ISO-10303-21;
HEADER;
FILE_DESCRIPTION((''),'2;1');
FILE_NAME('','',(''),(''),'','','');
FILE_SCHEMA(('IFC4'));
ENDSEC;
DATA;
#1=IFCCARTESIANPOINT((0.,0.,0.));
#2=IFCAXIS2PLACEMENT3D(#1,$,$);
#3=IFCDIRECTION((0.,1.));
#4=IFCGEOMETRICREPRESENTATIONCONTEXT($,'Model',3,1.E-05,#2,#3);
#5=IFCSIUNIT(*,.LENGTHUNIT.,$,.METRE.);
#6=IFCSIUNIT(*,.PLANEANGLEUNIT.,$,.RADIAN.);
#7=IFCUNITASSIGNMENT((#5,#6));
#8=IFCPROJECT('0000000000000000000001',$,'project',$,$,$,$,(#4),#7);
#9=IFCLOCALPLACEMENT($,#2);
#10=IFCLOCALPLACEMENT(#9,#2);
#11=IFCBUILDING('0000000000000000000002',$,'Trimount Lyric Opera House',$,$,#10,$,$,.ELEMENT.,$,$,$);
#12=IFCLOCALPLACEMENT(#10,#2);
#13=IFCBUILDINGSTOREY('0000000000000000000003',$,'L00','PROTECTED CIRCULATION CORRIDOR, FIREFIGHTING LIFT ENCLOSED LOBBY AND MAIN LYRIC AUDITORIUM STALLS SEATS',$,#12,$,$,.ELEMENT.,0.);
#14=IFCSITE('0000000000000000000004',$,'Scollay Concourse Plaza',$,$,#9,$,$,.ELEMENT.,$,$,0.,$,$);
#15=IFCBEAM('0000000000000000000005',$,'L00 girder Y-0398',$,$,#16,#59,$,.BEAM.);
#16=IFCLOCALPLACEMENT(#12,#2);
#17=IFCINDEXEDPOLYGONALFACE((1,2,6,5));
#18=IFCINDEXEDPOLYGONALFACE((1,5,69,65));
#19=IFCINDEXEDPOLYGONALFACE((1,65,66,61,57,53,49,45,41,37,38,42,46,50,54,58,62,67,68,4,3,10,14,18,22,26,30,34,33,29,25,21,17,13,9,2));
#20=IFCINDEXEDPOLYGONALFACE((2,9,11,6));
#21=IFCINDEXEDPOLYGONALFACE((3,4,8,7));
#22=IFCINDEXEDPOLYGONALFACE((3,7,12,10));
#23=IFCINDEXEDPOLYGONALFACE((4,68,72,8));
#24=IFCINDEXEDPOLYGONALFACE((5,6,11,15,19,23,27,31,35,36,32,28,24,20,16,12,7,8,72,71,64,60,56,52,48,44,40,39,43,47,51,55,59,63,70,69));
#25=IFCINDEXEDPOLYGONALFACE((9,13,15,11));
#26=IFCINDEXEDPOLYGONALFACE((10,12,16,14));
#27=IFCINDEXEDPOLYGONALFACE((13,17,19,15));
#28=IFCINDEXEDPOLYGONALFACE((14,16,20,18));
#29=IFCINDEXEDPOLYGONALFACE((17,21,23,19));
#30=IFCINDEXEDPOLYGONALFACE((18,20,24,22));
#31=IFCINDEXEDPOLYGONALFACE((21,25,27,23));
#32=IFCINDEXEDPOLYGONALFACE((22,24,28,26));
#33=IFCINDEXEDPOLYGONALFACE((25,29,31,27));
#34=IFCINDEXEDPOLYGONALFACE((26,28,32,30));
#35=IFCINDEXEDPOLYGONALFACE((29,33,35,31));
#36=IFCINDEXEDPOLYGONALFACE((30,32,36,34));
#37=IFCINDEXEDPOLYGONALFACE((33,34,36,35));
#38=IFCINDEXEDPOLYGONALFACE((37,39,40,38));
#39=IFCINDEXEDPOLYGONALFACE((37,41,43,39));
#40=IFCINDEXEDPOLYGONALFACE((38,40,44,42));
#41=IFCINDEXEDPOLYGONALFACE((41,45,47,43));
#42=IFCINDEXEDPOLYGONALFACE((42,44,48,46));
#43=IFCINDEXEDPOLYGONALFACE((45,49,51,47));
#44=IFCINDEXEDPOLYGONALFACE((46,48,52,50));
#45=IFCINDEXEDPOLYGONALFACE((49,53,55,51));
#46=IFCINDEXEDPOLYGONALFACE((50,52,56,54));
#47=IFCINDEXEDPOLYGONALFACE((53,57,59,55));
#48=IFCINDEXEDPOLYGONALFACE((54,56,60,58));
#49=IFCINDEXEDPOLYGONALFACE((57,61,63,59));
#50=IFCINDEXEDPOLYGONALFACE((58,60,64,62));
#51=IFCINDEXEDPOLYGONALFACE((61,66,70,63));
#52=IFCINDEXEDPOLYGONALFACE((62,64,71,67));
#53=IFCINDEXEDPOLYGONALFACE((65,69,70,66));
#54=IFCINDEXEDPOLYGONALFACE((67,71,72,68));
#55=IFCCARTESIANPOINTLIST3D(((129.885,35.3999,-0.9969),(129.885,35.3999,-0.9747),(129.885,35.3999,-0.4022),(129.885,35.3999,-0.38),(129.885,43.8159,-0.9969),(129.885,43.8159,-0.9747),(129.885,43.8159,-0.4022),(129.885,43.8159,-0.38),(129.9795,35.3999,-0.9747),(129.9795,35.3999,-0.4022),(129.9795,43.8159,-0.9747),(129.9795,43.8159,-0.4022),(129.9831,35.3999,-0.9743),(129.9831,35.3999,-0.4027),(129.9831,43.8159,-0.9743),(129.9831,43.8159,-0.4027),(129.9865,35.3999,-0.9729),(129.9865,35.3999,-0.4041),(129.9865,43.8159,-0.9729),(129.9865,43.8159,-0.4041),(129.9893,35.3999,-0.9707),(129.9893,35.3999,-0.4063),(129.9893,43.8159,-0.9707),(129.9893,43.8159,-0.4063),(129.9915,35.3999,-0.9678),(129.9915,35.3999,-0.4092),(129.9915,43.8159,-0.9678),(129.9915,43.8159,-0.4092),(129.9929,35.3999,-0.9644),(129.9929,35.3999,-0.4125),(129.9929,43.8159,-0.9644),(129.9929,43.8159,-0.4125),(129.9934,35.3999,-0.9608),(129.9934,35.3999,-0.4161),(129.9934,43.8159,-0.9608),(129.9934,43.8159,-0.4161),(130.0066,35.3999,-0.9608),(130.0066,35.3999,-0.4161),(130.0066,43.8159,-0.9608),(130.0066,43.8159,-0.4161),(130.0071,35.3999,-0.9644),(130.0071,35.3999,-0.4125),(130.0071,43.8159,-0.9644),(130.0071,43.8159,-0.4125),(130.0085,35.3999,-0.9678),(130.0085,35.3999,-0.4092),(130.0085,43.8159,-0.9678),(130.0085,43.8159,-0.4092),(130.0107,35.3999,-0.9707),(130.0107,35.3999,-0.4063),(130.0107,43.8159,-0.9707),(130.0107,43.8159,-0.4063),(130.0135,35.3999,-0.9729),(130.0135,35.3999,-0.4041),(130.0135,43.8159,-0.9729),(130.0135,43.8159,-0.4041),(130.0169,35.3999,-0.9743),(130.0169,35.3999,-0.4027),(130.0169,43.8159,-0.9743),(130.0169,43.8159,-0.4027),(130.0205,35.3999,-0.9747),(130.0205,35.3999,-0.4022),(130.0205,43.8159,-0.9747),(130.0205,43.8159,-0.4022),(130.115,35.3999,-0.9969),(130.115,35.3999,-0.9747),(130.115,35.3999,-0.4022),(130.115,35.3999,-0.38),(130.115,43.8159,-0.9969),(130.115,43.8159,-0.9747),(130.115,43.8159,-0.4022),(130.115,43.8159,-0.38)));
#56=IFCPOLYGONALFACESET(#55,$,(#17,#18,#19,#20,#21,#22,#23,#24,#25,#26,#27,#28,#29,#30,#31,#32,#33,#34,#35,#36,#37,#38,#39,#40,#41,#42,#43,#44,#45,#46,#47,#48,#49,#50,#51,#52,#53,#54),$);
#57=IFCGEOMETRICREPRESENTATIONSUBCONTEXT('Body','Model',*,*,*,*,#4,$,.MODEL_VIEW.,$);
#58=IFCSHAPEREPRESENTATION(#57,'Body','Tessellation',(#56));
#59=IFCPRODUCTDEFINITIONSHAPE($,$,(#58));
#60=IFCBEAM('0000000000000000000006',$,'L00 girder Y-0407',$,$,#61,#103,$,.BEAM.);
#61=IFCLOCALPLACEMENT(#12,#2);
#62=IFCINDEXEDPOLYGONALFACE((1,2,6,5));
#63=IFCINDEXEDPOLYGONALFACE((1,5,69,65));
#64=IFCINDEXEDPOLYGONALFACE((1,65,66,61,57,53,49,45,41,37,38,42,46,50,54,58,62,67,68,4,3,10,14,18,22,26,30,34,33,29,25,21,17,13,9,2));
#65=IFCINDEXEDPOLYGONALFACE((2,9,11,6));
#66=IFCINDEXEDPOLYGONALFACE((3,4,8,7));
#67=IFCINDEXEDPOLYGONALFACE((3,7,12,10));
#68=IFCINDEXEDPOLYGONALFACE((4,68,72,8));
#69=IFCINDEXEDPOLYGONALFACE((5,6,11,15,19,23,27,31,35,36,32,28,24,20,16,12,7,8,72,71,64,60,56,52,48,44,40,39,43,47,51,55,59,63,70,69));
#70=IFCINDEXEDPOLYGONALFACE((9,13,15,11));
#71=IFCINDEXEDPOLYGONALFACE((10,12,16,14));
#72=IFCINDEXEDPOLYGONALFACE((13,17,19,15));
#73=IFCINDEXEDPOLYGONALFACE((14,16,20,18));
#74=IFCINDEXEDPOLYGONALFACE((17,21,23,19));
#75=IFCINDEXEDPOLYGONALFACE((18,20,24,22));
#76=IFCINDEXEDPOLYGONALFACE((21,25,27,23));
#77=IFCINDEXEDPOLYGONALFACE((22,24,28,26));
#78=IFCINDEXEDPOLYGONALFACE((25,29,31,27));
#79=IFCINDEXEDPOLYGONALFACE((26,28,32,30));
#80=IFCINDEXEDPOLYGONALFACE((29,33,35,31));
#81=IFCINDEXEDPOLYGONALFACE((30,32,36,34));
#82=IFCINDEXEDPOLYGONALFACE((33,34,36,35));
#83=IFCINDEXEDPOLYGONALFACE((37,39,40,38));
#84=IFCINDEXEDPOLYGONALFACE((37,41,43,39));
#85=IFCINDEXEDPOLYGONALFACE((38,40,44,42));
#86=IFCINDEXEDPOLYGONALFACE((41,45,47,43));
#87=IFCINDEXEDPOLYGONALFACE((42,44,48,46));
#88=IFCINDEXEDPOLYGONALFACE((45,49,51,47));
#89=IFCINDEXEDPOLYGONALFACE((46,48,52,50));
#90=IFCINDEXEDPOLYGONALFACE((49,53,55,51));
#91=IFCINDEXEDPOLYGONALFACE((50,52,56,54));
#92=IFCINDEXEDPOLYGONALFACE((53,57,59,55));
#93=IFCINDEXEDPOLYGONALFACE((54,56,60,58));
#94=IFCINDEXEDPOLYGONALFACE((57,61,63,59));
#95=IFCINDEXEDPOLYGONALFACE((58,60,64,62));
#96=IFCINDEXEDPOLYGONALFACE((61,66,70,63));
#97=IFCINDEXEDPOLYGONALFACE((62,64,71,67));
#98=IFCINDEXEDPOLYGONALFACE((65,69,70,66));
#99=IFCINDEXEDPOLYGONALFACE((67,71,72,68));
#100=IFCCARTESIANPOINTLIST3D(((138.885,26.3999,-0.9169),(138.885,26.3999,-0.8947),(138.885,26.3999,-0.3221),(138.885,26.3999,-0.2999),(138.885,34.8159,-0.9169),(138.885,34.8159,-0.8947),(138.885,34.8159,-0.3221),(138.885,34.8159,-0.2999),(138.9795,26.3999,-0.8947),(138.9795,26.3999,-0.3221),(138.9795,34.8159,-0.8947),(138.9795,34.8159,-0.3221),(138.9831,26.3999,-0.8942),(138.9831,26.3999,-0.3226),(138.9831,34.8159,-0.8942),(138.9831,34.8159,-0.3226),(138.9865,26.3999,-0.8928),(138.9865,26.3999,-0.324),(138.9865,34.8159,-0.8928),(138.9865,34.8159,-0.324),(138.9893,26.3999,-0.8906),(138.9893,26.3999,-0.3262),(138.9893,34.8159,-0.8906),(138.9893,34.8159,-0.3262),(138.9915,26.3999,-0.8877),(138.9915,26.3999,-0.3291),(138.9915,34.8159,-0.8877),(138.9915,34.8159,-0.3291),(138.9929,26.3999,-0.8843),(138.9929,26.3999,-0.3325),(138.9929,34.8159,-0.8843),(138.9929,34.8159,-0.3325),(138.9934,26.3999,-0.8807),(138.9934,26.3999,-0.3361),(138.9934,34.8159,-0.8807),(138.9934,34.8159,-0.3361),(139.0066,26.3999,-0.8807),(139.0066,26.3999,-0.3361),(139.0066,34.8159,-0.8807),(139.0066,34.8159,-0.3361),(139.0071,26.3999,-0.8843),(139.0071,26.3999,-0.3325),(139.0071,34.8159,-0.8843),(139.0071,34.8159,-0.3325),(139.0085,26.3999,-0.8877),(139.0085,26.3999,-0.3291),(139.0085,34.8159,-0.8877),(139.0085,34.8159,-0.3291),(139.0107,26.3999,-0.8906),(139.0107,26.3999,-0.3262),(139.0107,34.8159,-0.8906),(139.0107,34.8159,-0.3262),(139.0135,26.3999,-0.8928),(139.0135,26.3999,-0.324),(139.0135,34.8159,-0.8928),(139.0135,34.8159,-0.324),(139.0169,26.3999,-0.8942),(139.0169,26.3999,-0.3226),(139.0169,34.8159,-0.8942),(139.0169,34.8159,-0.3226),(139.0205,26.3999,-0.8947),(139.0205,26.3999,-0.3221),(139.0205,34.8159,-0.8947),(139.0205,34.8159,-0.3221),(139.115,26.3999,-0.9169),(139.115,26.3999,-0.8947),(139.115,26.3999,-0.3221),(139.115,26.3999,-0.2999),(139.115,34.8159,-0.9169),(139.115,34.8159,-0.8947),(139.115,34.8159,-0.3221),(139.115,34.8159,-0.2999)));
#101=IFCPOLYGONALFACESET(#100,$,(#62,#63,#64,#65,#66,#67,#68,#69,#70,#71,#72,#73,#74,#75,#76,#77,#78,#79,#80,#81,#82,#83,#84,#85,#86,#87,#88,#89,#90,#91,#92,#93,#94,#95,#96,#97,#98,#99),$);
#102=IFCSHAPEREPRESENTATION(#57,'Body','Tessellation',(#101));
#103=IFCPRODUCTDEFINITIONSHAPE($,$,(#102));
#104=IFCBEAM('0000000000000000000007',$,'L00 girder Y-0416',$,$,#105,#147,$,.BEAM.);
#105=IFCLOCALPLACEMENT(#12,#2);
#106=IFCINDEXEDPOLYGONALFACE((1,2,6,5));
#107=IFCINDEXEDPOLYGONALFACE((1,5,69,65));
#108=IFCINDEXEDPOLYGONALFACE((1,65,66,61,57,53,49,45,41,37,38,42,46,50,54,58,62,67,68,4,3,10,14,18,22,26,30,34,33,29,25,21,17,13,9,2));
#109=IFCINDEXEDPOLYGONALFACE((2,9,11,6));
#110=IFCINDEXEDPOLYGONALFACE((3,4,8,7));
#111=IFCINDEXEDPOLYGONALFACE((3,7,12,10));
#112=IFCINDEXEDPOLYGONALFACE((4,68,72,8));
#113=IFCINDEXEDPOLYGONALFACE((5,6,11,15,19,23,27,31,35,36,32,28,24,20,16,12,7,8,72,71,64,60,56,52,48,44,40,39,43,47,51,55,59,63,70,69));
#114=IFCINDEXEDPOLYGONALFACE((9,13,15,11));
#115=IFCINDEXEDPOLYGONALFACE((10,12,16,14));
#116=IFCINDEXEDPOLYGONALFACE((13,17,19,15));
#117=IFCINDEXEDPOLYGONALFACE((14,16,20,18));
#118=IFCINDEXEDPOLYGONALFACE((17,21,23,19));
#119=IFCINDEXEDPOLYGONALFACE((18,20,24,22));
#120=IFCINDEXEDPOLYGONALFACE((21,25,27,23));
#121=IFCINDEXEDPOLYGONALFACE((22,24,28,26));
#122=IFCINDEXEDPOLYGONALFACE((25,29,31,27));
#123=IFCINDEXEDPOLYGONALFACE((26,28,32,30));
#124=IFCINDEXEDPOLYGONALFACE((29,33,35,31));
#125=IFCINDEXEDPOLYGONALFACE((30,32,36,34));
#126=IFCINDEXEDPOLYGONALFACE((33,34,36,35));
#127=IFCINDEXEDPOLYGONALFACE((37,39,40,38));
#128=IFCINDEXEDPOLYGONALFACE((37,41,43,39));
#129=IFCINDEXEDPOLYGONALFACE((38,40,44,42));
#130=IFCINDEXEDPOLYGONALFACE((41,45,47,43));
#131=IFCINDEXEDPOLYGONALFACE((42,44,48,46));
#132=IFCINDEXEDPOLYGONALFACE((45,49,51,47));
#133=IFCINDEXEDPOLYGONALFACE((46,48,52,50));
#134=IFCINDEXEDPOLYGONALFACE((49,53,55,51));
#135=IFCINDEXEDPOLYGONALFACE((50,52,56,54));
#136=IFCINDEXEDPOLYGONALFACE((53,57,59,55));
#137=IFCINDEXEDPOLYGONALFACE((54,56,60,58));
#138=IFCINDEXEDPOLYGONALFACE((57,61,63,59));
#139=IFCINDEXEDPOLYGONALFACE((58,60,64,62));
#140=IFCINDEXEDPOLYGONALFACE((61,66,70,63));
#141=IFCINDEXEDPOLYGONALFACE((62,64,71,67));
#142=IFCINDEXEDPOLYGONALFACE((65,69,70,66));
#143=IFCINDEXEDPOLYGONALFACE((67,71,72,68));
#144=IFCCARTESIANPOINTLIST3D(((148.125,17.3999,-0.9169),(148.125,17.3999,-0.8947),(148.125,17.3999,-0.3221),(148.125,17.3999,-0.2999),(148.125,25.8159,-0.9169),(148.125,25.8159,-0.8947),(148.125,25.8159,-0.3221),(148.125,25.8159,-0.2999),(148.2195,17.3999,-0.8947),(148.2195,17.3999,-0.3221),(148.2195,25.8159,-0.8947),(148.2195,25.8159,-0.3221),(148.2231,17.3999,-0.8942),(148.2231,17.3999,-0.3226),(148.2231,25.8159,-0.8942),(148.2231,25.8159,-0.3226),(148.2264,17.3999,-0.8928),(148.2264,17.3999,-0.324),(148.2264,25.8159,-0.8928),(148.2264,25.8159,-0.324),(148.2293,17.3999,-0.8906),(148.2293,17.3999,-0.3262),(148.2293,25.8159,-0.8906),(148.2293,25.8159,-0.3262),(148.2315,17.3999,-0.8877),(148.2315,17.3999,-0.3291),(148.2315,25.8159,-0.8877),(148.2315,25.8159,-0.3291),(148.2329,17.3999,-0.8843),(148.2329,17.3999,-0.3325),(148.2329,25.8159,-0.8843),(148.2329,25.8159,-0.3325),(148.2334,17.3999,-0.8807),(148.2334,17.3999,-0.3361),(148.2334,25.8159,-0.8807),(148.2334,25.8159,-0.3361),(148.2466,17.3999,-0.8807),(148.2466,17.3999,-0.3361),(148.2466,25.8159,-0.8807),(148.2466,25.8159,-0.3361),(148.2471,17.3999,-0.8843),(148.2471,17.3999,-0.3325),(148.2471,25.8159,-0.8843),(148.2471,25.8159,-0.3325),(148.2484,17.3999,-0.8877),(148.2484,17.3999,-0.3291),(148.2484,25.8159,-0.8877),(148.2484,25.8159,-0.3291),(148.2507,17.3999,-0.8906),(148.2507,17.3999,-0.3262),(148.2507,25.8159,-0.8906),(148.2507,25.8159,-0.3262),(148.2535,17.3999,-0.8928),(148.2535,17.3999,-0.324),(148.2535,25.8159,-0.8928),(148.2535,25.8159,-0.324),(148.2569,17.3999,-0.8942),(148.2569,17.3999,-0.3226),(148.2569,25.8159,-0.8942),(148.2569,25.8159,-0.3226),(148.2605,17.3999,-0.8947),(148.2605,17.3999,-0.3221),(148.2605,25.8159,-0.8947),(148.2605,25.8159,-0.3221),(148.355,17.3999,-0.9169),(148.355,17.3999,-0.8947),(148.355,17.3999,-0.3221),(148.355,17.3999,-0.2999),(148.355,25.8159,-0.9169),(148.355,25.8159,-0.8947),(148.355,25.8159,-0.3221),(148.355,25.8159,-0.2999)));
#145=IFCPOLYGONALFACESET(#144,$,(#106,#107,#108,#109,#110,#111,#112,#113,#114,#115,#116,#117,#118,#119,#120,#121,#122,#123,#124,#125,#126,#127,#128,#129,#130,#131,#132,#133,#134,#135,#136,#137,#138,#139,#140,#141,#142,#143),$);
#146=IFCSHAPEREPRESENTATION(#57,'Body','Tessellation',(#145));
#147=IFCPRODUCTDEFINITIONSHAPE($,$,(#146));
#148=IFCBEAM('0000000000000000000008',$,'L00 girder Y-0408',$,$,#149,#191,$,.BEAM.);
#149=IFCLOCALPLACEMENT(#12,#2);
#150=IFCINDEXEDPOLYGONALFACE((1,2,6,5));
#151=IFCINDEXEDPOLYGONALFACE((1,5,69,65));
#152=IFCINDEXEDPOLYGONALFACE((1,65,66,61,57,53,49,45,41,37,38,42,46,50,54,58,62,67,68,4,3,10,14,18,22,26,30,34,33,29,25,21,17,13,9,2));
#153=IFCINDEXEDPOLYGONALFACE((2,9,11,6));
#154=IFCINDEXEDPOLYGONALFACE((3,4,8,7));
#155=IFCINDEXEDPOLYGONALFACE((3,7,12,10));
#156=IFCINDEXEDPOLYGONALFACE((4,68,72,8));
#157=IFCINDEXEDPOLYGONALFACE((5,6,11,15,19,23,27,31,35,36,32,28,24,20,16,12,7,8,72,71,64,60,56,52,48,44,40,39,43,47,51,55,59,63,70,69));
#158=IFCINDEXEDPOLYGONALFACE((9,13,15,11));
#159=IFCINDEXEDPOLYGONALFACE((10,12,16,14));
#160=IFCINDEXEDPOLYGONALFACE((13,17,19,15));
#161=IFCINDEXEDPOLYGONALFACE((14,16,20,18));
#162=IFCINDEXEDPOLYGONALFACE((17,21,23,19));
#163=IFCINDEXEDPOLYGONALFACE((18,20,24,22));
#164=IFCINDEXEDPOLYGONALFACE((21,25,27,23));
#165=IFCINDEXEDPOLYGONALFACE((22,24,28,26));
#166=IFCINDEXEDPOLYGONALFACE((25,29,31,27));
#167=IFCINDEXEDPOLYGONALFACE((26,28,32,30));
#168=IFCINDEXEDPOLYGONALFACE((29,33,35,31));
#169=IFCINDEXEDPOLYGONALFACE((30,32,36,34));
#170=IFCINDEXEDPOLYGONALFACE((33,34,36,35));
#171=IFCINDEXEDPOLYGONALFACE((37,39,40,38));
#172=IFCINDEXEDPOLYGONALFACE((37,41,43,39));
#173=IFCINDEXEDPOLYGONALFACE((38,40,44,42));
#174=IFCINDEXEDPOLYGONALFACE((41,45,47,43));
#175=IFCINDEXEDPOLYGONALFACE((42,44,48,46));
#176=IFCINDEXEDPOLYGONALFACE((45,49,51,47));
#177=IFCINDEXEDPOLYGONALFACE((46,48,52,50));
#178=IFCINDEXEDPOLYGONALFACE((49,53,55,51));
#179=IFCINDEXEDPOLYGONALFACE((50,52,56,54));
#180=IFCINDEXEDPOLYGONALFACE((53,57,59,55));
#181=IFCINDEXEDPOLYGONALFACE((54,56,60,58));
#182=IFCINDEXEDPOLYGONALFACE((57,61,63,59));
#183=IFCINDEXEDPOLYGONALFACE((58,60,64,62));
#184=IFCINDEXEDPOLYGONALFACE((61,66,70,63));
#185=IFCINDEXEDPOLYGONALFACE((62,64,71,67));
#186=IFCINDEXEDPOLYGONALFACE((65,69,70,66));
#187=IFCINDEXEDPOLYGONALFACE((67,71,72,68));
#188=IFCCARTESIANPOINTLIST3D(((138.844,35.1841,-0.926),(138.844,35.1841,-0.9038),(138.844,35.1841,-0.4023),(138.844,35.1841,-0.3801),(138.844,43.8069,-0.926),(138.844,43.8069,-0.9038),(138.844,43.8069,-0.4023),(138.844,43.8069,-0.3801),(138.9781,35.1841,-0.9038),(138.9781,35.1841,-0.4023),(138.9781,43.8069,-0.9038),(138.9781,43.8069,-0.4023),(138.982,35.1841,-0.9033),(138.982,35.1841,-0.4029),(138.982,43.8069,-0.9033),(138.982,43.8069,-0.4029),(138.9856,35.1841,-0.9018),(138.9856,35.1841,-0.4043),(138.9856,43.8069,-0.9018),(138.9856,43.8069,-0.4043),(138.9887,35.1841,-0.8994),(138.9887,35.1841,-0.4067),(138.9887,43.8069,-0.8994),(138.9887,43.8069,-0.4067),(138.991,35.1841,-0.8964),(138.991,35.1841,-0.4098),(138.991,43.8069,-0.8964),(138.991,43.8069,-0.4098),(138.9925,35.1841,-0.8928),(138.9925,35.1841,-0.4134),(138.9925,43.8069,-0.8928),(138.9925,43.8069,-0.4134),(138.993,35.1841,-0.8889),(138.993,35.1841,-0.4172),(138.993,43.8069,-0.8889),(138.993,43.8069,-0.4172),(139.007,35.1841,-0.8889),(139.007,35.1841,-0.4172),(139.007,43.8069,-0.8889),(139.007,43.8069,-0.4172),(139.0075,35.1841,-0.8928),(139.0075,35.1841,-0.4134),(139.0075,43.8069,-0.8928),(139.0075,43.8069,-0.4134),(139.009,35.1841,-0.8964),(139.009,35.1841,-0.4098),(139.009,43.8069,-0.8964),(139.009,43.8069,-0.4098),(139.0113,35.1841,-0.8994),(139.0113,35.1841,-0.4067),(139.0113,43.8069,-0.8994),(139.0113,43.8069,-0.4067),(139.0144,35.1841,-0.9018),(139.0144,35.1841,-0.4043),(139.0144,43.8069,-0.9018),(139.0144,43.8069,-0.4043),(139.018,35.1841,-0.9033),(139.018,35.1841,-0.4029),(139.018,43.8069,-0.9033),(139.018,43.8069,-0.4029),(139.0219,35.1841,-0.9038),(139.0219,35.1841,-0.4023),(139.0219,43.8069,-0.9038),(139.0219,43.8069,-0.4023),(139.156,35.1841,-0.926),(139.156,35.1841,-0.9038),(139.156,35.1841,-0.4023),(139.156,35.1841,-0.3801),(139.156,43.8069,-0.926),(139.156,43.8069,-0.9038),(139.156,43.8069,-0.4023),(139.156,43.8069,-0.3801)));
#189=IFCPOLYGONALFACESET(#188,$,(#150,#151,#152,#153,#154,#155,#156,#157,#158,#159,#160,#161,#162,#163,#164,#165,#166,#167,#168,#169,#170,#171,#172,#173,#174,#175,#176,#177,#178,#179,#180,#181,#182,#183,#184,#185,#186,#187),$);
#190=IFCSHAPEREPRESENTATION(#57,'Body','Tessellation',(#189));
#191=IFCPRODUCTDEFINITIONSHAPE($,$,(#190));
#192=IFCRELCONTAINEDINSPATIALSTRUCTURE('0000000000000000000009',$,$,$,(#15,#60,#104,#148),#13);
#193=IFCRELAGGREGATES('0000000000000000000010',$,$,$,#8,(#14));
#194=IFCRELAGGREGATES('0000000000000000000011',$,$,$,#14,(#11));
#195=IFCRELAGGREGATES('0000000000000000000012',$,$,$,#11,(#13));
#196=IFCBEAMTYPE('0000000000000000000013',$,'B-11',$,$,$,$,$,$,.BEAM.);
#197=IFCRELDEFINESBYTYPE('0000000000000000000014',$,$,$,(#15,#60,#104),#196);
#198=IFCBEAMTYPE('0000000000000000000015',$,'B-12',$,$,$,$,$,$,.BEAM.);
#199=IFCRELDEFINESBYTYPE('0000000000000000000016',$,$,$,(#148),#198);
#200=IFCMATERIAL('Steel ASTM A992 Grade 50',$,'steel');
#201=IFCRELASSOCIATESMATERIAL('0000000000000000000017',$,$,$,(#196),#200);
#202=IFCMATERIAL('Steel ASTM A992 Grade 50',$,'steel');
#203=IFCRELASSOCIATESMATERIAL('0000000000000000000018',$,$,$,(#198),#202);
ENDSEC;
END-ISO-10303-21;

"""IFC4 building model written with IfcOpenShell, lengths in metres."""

from ifc_helpers import new_model, si_unit, direction, frame, origin, origin_2d, place, context, subcontext, project, spatial, i_section, extrude, material, material_profile, profile_set, type_object, element, save


model = new_model("IFC4")

# Units and contexts
model_context = context("Model", 3, precision=1e-05, world=origin(), true_north=direction((0.0, 1.0)))
body_context = subcontext(model_context, "Body", "Model", "MODEL_VIEW")
ifc_project = project(units=[si_unit("LENGTHUNIT", "METRE"), si_unit("PLANEANGLEUNIT", "RADIAN")], contexts=[model_context])

# Site, building, storey
site_placement = place(None, origin())
site = spatial("IfcSite", under=ifc_project, at=site_placement, Name="Scollay Concourse Plaza", CompositionType="ELEMENT", RefElevation=0.0)
building_placement = place(site_placement, origin())
building = spatial("IfcBuilding", under=site, at=building_placement, Name="Trimount Lyric Opera House", CompositionType="ELEMENT")
storey_placement = place(building_placement, origin())
storey = spatial("IfcBuildingStorey", under=building, at=storey_placement, Name="L00", Description="PROTECTED CIRCULATION CORRIDOR, FIREFIGHTING LIFT ENCLOSED LOBBY AND MAIN LYRIC AUDITORIUM STALLS SEATS", CompositionType="ELEMENT", Elevation=0.0)

# Beams
ifc_material_1 = material(Name="Steel ASTM A992 Grade 50", Category="steel")
ifc_material_profile_1 = material_profile(ifc_material_1, i_section(OverallWidth=0.23, OverallDepth=0.6169, WebThickness=0.0132, FlangeThickness=0.0222, FilletRadius=0.0139, at=origin_2d()), Name="W24X94")
ifc_profile_set_1 = profile_set([ifc_material_profile_1], Name="Steel ASTM A992 Grade 50")
beam_type_1 = type_object("IfcBeamType", Name="B-11", PredefinedType="BEAM", material=ifc_profile_set_1)
for number, where, z_axis, x_axis, name in (
    (1, (130.0, 35.3999, -0.6885), (0.0, 1.0, 0.0), (-1.0, 0.0, 0.0), "L00 girder Y-0398"),
    (2, (139.0, 26.3999, -0.6084), (0.0, 1.0, 0.0), (-1.0, 0.0, 0.0), "L00 girder Y-0407"),
    (3, (148.24, 17.3999, -0.6084), (0.0, 1.0, 0.0), (-1.0, 0.0, 0.0), "L00 girder Y-0416"),
):
    element("IfcBeam", number, at=place(storey_placement, frame(where, z_axis=z_axis, x_axis=x_axis)), inside=storey, type_object=beam_type_1, Name=name, PredefinedType="BEAM", context=body_context, shape_type="SweptSolid", body=[
        extrude(i_section(OverallWidth=0.23, OverallDepth=0.6169, WebThickness=0.0132, FlangeThickness=0.0222, FilletRadius=0.0139, at=origin_2d()), origin(), (0.0, 0.0, 1.0), 8.416),
    ])
ifc_material_2 = material(Name="Steel ASTM A992 Grade 50", Category="steel")
ifc_material_profile_2 = material_profile(ifc_material_2, i_section(OverallWidth=0.312, OverallDepth=0.5459, WebThickness=0.0139, FlangeThickness=0.0222, FilletRadius=0.0149, at=origin_2d()), Name="W21X111")
ifc_profile_set_2 = profile_set([ifc_material_profile_2], Name="Steel ASTM A992 Grade 50")
beam_type_2 = type_object("IfcBeamType", Name="B-12", PredefinedType="BEAM", material=ifc_profile_set_2)
for number, where, z_axis, x_axis, name in (
    (4, (139.0, 35.1841, -0.6531), (0.0, 1.0, 0.0), (-1.0, 0.0, 0.0), "L00 girder Y-0408"),
):
    element("IfcBeam", number, at=place(storey_placement, frame(where, z_axis=z_axis, x_axis=x_axis)), inside=storey, type_object=beam_type_2, Name=name, PredefinedType="BEAM", context=body_context, shape_type="SweptSolid", body=[
        extrude(i_section(OverallWidth=0.312, OverallDepth=0.5459, WebThickness=0.0139, FlangeThickness=0.0222, FilletRadius=0.0149, at=origin_2d()), origin(), (0.0, 0.0, 1.0), 8.6228),
    ])

save(model, "model.ifc")
